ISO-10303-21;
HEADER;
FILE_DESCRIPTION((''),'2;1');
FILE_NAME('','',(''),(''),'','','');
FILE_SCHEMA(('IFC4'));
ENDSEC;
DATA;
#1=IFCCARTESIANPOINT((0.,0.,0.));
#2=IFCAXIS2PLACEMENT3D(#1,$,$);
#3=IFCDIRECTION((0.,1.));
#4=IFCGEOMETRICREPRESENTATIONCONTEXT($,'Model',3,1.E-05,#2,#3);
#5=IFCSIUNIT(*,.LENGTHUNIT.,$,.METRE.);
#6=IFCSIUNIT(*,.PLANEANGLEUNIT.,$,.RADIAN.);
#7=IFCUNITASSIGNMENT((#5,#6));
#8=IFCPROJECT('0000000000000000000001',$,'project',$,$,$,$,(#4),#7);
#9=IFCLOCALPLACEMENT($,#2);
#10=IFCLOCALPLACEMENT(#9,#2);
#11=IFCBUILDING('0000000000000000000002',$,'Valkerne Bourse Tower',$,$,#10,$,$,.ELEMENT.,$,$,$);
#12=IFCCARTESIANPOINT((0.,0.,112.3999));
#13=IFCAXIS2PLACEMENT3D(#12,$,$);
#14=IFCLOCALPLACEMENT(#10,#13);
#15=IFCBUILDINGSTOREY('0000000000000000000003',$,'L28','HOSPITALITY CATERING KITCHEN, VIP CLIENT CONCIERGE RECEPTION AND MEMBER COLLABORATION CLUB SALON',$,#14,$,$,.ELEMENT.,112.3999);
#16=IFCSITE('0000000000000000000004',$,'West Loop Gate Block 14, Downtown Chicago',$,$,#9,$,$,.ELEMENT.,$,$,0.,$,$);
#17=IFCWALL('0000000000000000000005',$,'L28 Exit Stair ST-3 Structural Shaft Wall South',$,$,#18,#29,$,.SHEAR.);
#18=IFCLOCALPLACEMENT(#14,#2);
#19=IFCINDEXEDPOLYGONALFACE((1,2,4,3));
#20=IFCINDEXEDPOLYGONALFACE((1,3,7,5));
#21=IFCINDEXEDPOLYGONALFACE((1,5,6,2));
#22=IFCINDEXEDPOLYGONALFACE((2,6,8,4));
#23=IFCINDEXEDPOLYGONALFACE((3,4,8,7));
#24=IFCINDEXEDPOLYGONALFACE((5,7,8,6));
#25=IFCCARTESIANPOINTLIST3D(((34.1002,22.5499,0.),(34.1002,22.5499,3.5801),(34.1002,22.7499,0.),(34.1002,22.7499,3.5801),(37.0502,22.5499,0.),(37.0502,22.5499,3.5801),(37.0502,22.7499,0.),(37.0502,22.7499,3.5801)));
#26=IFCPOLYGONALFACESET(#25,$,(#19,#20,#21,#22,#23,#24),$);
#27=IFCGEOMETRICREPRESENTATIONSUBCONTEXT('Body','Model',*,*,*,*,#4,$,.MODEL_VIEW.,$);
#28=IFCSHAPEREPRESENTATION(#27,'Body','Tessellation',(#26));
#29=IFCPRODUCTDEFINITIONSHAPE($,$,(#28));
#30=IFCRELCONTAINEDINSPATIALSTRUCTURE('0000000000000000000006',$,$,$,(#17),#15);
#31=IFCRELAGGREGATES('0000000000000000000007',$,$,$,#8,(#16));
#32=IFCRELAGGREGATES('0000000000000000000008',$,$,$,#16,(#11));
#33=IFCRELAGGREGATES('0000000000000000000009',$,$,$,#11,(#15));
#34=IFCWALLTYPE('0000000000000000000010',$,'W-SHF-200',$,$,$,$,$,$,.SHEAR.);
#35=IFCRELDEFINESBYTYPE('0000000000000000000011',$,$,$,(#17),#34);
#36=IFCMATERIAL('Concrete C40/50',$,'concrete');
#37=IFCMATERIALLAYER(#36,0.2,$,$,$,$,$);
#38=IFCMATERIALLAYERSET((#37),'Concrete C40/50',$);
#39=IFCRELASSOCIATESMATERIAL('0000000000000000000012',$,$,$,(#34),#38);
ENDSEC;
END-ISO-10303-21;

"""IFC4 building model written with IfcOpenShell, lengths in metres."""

from ifc_helpers import new_model, si_unit, direction, frame, frame_2d, origin, place, context, subcontext, project, spatial, rectangle, extrude, material, layer, layer_set, type_object, element, save


model = new_model("IFC4")

# Units and contexts
model_context = context("Model", 3, precision=1e-05, world=origin(), true_north=direction((0.0, 1.0)))
body_context = subcontext(model_context, "Body", "Model", "MODEL_VIEW")
ifc_project = project(units=[si_unit("LENGTHUNIT", "METRE"), si_unit("PLANEANGLEUNIT", "RADIAN")], contexts=[model_context])

# Site, building, storey
site_placement = place(None, origin())
site = spatial("IfcSite", under=ifc_project, at=site_placement, Name="West Loop Gate Block 14, Downtown Chicago", CompositionType="ELEMENT", RefElevation=0.0)
building_placement = place(site_placement, origin())
building = spatial("IfcBuilding", under=site, at=building_placement, Name="Valkerne Bourse Tower", CompositionType="ELEMENT")
storey_placement = place(building_placement, frame((0.0, 0.0, 112.3999)))
storey = spatial("IfcBuildingStorey", under=building, at=storey_placement, Name="L28", Description="HOSPITALITY CATERING KITCHEN, VIP CLIENT CONCIERGE RECEPTION AND MEMBER COLLABORATION CLUB SALON", CompositionType="ELEMENT", Elevation=112.3999)

# Shared definitions
ifc_material_1 = material(Name="Concrete C40/50", Category="concrete")
ifc_layer_1 = layer(ifc_material_1, 0.2)
ifc_layer_set_1 = layer_set([ifc_layer_1], Name="Concrete C40/50")
wall_type_1 = type_object("IfcWallType", Name="W-SHF-200", PredefinedType="SHEAR", material=ifc_layer_set_1)

# Wall
wall_1_placement = place(storey_placement, frame((34.1001, 22.6499, 0.0), z_axis=(0.0, 0.0, 1.0), x_axis=(1.0, 0.0, 0.0)))
element("IfcWall", 1, at=wall_1_placement, inside=storey, type_object=wall_type_1, Name="L28 Exit Stair ST-3 Structural Shaft Wall South", PredefinedType="SHEAR", context=body_context, shape_type="SweptSolid", body=[
    extrude(rectangle(XDim=2.95, YDim=0.2, at=frame_2d((1.4751, 0.0))), origin(), (0.0, 0.0, 1.0), 3.5801),
])

save(model, "model.ifc")
